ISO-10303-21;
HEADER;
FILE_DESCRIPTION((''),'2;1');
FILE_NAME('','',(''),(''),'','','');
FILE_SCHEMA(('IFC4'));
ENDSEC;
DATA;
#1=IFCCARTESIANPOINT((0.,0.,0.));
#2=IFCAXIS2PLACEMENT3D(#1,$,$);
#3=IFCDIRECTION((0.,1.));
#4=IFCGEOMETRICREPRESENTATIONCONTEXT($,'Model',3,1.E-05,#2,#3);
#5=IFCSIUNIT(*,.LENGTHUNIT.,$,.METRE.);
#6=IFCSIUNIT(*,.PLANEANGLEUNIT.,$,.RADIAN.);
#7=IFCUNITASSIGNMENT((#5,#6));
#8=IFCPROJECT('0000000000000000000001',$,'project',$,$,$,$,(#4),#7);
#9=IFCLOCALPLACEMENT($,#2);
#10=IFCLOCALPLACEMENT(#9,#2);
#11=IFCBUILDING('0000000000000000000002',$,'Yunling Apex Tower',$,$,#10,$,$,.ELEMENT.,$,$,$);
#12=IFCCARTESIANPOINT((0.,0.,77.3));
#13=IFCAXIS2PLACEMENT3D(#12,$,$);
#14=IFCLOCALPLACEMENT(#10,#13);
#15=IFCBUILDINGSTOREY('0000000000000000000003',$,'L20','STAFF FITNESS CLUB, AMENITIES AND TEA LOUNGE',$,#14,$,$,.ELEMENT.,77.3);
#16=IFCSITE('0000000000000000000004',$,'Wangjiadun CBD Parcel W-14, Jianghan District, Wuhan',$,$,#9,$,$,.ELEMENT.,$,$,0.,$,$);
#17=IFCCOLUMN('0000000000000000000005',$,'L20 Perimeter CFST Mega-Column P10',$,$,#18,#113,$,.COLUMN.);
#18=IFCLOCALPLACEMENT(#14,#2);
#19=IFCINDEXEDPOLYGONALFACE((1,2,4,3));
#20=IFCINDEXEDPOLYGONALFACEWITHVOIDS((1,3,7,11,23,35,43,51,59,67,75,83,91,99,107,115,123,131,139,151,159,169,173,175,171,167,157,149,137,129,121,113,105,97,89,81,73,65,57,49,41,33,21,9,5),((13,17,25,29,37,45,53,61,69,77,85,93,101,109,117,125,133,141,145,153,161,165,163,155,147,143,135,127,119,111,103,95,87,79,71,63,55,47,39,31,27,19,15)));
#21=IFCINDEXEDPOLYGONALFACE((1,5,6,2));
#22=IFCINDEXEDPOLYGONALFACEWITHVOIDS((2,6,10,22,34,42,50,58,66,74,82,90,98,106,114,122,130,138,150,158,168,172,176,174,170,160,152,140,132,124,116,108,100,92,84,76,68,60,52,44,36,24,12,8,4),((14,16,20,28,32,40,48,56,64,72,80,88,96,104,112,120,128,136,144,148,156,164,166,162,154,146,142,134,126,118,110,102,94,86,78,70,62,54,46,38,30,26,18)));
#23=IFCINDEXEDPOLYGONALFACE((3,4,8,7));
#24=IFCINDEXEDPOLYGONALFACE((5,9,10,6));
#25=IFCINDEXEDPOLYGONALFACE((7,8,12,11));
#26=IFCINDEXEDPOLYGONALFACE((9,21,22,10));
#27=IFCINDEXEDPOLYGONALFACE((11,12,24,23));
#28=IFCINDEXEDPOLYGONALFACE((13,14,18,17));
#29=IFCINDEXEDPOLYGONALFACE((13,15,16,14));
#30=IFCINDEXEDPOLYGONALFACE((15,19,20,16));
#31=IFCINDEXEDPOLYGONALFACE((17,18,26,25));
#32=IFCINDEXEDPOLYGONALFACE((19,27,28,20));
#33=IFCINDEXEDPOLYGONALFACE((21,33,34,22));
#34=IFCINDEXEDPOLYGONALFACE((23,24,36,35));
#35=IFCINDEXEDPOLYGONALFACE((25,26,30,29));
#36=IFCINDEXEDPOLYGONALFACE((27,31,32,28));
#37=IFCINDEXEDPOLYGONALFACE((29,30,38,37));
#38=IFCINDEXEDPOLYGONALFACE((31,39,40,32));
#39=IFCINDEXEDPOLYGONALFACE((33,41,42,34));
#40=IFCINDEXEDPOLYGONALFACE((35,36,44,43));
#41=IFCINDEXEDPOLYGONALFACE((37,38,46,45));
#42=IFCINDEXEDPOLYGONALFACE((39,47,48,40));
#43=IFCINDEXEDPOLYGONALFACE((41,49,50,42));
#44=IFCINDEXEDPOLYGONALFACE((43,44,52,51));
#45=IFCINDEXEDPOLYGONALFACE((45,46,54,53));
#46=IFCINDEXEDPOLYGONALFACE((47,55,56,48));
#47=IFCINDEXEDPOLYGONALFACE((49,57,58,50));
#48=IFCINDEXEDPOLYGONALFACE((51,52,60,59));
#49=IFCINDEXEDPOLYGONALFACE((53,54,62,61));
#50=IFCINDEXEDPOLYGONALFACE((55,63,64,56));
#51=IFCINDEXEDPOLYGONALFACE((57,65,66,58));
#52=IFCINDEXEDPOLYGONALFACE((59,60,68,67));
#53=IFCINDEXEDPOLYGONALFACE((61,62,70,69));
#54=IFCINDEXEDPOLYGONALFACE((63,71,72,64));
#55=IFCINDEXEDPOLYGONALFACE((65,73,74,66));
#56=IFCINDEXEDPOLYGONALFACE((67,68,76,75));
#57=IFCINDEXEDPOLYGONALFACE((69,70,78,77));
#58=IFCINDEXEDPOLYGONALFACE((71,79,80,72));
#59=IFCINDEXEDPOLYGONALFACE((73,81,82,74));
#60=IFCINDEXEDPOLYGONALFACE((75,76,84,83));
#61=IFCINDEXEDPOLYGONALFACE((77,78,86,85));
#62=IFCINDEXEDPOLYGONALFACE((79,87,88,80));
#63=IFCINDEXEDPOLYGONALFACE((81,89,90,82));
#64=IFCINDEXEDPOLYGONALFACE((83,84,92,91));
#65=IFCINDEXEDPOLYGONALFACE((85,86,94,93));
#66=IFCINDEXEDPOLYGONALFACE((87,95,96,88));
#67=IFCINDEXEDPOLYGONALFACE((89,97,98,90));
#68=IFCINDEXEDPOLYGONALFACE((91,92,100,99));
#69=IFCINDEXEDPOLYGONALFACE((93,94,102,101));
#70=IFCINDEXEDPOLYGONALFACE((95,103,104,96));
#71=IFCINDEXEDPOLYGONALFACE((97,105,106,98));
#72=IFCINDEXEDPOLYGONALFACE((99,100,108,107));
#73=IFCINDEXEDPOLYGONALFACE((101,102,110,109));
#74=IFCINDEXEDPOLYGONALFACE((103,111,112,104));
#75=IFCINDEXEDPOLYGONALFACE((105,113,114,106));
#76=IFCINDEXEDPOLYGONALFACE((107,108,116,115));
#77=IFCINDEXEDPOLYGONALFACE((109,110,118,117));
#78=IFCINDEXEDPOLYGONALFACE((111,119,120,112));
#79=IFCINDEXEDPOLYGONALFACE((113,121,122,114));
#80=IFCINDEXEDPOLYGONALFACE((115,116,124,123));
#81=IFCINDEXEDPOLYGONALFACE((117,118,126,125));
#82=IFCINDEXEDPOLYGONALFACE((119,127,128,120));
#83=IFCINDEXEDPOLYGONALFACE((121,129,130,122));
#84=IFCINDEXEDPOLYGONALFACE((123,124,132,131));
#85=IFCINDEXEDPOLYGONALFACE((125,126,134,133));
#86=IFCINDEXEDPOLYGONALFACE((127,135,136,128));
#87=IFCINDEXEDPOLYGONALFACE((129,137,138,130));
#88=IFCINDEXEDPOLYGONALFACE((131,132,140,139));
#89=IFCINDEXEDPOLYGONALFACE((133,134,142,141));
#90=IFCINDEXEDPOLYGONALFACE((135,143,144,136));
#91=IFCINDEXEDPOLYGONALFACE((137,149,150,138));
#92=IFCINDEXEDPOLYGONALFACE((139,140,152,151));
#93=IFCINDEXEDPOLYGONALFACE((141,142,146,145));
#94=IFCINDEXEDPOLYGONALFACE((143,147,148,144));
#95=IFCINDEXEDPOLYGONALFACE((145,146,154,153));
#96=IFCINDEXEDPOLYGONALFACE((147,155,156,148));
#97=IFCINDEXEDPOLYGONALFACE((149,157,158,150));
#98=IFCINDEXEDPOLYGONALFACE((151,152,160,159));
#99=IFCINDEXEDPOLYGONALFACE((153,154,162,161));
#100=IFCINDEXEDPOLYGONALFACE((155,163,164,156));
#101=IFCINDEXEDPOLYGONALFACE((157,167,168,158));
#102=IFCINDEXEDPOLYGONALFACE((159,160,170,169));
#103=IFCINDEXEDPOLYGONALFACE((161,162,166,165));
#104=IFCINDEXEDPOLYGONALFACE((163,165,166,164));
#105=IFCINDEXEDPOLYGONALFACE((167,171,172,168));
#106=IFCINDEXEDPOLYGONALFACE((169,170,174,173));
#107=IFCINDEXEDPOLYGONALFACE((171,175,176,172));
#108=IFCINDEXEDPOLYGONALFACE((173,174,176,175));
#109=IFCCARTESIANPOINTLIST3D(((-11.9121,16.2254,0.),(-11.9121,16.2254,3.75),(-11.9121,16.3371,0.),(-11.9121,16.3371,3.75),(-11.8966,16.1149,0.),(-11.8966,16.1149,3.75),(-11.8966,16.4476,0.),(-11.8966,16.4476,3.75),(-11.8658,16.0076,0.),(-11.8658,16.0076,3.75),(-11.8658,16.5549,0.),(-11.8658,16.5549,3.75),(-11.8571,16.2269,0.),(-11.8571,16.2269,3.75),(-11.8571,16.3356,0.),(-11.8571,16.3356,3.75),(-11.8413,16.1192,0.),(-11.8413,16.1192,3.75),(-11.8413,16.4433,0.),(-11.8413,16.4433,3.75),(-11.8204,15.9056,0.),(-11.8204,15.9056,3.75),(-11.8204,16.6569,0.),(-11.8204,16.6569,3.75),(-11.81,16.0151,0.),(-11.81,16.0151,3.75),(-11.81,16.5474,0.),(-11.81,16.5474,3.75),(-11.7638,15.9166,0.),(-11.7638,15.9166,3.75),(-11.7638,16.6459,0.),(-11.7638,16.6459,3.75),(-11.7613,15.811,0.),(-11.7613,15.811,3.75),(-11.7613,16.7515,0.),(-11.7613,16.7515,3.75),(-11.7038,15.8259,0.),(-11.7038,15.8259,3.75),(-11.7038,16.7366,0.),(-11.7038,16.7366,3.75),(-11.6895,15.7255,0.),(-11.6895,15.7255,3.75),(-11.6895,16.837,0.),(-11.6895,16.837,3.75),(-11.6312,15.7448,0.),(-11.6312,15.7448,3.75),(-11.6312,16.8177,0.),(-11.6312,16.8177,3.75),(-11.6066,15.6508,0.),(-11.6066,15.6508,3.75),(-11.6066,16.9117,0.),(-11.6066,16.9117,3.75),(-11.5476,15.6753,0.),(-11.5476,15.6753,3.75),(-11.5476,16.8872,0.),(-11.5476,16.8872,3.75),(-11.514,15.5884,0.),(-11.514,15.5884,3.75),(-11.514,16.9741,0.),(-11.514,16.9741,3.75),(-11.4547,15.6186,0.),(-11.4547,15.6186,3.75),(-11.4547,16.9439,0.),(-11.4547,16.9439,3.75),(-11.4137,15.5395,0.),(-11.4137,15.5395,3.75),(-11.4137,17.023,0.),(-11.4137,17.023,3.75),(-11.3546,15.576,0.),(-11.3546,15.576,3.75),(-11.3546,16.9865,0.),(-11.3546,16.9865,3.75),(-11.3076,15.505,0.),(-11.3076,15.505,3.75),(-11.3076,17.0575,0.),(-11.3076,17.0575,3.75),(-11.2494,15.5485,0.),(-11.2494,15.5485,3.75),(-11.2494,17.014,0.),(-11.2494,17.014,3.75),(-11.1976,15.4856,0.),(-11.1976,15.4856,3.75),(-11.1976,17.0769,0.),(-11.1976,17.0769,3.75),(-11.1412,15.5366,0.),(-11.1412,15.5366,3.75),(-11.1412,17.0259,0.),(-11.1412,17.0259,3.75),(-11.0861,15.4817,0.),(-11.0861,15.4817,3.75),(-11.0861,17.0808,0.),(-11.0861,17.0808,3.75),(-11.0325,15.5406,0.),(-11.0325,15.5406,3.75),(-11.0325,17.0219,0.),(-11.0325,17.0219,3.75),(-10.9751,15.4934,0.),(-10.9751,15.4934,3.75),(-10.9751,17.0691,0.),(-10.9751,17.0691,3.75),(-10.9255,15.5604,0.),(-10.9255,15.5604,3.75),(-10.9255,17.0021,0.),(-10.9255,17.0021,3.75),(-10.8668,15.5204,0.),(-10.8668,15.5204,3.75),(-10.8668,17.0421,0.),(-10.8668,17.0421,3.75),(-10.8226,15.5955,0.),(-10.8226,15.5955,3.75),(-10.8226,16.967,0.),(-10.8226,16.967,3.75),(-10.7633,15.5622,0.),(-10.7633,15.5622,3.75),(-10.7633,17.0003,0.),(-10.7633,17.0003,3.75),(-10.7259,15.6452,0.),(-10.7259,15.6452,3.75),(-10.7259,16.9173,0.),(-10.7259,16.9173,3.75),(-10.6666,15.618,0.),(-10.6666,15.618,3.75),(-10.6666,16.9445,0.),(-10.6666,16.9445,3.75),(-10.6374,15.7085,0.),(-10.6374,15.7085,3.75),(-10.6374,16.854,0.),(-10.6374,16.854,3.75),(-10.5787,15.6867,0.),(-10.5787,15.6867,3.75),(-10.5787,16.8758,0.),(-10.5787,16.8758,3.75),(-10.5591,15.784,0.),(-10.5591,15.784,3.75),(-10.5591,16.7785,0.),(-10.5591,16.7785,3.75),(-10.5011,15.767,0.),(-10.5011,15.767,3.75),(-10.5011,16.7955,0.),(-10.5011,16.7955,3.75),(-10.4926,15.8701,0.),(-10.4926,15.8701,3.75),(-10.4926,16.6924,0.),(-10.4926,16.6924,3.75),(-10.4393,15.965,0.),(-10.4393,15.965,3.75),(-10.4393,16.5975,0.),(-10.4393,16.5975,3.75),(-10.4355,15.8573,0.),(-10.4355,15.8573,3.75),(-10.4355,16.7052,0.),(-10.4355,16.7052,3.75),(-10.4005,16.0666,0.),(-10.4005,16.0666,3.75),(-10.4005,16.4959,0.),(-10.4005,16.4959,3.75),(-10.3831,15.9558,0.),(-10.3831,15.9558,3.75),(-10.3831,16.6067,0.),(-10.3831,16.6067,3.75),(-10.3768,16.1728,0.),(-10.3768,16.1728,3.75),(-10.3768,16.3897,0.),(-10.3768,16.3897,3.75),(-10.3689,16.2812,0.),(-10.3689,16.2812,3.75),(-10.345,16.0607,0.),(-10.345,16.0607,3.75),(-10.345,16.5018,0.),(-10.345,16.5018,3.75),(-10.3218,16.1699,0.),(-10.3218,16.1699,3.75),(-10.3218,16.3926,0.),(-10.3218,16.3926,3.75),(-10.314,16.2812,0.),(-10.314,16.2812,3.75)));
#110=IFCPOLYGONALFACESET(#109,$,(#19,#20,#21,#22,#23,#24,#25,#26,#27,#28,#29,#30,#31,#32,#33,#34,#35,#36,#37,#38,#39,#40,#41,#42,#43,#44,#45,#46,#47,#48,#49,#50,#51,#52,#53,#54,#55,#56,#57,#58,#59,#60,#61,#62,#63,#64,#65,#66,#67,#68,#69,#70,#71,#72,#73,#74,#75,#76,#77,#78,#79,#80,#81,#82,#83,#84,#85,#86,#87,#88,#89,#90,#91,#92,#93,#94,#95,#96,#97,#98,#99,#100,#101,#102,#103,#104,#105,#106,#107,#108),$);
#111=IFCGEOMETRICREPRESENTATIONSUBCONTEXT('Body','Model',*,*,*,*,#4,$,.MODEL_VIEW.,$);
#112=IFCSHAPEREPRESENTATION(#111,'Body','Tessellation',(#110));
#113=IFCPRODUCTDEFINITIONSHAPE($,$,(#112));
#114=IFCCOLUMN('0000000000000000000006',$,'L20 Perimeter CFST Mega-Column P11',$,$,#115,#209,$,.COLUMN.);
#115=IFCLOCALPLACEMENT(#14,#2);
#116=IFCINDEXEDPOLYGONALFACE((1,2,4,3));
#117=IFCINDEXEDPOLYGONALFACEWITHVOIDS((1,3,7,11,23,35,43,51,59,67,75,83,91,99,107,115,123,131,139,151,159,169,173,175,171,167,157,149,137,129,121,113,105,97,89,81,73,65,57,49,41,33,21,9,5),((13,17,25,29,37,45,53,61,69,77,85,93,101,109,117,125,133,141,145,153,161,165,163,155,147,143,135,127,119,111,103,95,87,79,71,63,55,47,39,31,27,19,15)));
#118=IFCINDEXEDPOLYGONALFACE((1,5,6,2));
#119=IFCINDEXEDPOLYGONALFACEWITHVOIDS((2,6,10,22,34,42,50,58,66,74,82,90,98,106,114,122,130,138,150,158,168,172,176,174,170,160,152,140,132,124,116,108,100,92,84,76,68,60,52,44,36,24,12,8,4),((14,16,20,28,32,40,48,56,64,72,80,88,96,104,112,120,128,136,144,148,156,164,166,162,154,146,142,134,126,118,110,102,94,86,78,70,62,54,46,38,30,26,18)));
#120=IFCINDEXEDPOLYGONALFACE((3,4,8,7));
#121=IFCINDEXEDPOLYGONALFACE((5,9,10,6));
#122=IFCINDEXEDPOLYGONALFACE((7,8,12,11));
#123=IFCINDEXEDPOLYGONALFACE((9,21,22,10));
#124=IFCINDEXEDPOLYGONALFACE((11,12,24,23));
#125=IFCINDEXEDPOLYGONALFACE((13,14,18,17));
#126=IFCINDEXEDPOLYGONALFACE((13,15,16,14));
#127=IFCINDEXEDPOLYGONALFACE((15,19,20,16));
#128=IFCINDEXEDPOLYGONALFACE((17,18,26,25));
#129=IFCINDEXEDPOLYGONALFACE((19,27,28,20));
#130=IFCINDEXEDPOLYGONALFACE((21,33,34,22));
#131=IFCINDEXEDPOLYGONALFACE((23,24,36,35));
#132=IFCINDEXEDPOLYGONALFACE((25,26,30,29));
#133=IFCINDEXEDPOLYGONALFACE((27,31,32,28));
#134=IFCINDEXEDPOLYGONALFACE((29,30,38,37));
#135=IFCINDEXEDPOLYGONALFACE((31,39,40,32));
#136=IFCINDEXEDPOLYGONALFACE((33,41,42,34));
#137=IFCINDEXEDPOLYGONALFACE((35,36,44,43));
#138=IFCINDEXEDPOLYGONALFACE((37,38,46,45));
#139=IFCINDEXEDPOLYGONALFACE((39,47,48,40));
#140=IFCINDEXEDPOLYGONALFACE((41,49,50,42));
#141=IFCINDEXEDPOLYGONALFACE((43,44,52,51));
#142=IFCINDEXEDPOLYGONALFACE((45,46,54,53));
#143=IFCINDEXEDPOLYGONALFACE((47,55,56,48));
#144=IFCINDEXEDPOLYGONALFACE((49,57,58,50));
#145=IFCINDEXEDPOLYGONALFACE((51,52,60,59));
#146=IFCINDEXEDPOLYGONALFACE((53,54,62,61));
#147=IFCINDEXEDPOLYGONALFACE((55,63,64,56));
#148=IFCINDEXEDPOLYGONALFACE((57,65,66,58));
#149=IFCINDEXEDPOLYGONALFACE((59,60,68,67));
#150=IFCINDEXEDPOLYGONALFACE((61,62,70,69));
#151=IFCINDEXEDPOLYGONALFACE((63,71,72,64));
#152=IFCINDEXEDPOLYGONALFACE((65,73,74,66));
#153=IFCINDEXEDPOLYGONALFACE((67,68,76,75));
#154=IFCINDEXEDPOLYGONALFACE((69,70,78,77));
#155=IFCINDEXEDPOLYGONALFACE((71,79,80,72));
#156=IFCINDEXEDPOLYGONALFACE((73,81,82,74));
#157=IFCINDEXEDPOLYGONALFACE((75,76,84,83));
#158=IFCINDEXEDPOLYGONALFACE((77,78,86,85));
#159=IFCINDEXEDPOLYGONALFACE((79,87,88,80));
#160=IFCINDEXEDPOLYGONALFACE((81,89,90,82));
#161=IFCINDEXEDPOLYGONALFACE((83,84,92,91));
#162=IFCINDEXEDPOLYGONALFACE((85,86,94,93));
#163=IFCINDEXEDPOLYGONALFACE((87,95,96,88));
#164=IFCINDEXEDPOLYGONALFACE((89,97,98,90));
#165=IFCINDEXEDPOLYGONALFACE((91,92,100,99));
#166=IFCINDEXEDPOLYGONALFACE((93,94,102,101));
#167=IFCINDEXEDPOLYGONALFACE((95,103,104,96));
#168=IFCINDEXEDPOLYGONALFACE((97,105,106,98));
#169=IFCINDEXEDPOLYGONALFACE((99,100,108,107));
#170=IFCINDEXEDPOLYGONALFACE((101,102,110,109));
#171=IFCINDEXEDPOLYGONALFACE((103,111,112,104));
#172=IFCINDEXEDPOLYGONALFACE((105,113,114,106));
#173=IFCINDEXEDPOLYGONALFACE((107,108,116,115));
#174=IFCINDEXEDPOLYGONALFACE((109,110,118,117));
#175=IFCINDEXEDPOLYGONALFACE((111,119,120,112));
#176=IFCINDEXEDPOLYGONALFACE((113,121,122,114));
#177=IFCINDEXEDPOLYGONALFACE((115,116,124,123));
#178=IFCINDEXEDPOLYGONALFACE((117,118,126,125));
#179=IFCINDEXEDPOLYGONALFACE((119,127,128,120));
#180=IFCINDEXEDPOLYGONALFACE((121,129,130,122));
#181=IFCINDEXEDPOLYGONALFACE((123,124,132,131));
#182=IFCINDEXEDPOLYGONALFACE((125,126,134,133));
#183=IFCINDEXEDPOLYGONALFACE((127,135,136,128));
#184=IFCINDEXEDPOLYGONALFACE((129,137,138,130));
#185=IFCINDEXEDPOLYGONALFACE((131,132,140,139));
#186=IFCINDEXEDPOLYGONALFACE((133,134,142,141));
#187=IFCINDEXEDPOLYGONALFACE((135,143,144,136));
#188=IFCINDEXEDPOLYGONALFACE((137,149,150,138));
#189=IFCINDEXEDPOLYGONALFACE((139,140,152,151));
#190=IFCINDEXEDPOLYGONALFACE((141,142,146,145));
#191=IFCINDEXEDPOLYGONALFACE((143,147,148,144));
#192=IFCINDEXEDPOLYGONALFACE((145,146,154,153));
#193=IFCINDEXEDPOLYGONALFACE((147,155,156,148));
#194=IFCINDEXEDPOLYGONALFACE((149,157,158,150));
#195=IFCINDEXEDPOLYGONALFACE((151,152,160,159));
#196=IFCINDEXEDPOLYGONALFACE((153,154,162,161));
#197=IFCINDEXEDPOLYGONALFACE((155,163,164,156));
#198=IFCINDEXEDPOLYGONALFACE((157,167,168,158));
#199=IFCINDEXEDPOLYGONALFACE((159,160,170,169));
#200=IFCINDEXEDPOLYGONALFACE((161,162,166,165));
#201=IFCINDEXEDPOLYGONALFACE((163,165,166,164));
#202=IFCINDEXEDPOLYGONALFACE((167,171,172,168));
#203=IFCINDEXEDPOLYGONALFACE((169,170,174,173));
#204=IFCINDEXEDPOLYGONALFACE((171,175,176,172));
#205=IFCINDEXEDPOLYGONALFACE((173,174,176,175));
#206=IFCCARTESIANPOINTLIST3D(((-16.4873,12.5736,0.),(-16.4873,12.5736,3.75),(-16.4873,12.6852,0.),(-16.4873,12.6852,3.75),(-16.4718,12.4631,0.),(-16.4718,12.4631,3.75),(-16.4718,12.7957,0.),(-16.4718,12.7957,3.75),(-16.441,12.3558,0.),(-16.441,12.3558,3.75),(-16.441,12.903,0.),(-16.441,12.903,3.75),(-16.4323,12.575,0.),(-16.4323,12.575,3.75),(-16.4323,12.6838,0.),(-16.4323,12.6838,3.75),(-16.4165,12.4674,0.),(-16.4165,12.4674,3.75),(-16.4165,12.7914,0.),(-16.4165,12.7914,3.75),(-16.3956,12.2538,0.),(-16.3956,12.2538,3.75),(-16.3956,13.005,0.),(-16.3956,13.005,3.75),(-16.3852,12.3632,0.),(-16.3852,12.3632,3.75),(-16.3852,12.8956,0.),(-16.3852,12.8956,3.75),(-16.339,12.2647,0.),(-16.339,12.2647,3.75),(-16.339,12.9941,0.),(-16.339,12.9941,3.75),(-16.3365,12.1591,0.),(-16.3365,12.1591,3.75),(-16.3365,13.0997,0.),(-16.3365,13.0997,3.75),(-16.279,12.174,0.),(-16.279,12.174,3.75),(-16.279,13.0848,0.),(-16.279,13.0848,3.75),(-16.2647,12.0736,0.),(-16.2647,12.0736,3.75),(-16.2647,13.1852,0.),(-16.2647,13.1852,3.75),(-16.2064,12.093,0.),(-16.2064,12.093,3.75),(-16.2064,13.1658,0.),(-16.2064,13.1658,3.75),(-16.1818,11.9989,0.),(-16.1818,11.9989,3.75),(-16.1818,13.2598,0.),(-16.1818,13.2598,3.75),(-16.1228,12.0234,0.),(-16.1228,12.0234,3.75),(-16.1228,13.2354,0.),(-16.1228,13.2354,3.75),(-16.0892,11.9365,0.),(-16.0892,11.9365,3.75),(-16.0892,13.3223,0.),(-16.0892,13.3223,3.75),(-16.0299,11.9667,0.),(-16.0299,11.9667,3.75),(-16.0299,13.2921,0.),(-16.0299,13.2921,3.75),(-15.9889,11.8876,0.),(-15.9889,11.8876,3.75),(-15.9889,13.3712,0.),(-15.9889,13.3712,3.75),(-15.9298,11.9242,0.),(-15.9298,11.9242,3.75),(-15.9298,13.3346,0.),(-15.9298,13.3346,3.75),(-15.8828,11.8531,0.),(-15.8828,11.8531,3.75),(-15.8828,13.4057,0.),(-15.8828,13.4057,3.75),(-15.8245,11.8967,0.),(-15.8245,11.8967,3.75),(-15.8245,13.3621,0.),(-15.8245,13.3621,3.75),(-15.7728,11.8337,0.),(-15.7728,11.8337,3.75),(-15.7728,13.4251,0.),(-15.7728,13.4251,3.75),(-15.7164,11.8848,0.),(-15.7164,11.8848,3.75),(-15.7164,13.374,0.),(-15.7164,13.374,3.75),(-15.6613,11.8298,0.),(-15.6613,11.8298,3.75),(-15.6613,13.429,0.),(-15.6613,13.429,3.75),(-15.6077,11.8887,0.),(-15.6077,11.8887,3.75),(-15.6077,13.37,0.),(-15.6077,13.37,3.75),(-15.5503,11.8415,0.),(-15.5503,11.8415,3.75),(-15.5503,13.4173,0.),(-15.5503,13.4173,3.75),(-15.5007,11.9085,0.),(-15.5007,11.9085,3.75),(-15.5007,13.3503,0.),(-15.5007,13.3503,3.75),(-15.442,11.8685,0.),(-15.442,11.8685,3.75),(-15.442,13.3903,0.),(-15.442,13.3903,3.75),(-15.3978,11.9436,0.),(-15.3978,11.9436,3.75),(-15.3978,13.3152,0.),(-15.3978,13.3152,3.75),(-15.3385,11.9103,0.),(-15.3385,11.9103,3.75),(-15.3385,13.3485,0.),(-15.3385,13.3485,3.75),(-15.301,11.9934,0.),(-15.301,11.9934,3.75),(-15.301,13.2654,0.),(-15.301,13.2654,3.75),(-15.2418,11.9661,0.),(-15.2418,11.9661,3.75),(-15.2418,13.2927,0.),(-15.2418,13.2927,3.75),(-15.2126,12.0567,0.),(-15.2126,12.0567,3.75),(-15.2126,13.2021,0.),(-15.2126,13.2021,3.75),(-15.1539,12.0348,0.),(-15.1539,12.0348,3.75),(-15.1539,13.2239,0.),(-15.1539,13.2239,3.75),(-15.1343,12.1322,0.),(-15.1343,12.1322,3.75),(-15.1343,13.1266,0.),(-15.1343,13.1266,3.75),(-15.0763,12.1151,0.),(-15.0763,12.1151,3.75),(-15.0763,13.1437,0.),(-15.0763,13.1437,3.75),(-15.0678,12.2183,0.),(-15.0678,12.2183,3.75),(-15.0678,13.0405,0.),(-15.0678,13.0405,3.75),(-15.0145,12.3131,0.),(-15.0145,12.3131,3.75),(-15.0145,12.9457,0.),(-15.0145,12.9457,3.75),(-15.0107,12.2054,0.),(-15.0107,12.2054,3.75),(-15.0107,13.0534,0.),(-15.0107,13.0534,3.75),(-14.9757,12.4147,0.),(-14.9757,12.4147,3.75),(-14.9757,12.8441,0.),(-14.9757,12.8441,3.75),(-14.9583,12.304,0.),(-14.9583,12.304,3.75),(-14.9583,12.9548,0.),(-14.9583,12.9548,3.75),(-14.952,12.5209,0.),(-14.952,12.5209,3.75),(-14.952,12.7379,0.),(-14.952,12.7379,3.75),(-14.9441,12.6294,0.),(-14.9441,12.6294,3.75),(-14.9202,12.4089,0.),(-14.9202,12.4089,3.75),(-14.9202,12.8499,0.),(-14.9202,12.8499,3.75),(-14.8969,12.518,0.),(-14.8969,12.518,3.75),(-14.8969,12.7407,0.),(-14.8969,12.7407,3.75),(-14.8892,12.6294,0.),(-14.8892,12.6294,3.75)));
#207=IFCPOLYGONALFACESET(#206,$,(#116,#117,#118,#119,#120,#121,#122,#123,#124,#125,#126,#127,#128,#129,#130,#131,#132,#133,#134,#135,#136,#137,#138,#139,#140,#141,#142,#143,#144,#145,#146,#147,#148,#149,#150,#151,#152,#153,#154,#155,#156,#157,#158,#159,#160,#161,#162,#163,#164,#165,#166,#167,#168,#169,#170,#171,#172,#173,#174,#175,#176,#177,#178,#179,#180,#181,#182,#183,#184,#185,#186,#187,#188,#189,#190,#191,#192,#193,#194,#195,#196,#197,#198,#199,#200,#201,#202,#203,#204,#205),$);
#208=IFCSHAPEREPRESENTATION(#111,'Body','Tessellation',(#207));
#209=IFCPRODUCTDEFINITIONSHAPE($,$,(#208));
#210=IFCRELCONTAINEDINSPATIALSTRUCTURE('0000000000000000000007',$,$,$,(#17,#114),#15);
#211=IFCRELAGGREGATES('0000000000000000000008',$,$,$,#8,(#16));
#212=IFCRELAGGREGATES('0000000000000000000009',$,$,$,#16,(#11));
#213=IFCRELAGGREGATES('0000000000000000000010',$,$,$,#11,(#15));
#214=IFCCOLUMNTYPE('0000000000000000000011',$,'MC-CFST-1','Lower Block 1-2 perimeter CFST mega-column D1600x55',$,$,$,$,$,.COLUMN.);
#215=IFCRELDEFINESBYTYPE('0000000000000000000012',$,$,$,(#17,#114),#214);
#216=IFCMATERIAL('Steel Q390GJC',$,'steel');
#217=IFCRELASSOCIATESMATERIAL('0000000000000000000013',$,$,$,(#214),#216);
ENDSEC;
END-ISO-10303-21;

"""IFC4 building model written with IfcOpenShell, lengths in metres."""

from ifc_helpers import new_model, si_unit, direction, frame, origin, origin_2d, place, context, subcontext, project, spatial, hollow_circle, extrude, source, transform, mapped, material, material_profile, profile_set, type_object, element, save


model = new_model("IFC4")

# Units and contexts
model_context = context("Model", 3, precision=1e-05, world=origin(), true_north=direction((0.0, 1.0)))
body_context = subcontext(model_context, "Body", "Model", "MODEL_VIEW")
ifc_project = project(units=[si_unit("LENGTHUNIT", "METRE"), si_unit("PLANEANGLEUNIT", "RADIAN")], contexts=[model_context])

# Site, building, storey
site_placement = place(None, origin())
site = spatial("IfcSite", under=ifc_project, at=site_placement, Name="Wangjiadun CBD Parcel W-14, Jianghan District, Wuhan", CompositionType="ELEMENT", RefElevation=0.0)
building_placement = place(site_placement, origin())
building = spatial("IfcBuilding", under=site, at=building_placement, Name="Yunling Apex Tower", CompositionType="ELEMENT")
storey_placement = place(building_placement, frame((0.0, 0.0, 77.3)))
storey = spatial("IfcBuildingStorey", under=building, at=storey_placement, Name="L20", Description="STAFF FITNESS CLUB, AMENITIES AND TEA LOUNGE", CompositionType="ELEMENT", Elevation=77.3)

# Columns
ifc_material_1 = material(Name="Steel Q390GJC", Category="steel")
ifc_material_profile_1 = material_profile(ifc_material_1, hollow_circle(Radius=0.8, WallThickness=0.0549, at=origin_2d()))
ifc_profile_set_1 = profile_set([ifc_material_profile_1], Name="Steel Q390GJC")
column_type = type_object("IfcColumnType", Name="MC-CFST-1", Description="Lower Block 1-2 perimeter CFST mega-column D1600x55", PredefinedType="COLUMN", material=ifc_profile_set_1)
shared_shape_1 = source(origin(), body_context, "Body", "SweptSolid", [
    extrude(hollow_circle(Radius=0.8, WallThickness=0.0549, at=origin_2d()), origin(), (0.0, 0.0, 1.0), 3.75),
])
for number, where, z_axis, x_axis, name in (
    (1, (-11.114, 16.2812, 0.0), (0.0, 0.0, 1.0), (1.0, 0.0, 0.0), "L20 Perimeter CFST Mega-Column P10"),
    (2, (-15.6892, 12.6294, 0.0), (0.0, 0.0, 1.0), (1.0, 0.0, 0.0), "L20 Perimeter CFST Mega-Column P11"),
):
    element("IfcColumn", number, at=place(storey_placement, frame(where, z_axis=z_axis, x_axis=x_axis)), inside=storey, type_object=column_type, Name=name, PredefinedType="COLUMN", context=body_context, shape_type="MappedRepresentation", body=[
        mapped(shared_shape_1, transform((0.0, 0.0, 0.0), scale=1.0)),
    ])

save(model, "model.ifc")
